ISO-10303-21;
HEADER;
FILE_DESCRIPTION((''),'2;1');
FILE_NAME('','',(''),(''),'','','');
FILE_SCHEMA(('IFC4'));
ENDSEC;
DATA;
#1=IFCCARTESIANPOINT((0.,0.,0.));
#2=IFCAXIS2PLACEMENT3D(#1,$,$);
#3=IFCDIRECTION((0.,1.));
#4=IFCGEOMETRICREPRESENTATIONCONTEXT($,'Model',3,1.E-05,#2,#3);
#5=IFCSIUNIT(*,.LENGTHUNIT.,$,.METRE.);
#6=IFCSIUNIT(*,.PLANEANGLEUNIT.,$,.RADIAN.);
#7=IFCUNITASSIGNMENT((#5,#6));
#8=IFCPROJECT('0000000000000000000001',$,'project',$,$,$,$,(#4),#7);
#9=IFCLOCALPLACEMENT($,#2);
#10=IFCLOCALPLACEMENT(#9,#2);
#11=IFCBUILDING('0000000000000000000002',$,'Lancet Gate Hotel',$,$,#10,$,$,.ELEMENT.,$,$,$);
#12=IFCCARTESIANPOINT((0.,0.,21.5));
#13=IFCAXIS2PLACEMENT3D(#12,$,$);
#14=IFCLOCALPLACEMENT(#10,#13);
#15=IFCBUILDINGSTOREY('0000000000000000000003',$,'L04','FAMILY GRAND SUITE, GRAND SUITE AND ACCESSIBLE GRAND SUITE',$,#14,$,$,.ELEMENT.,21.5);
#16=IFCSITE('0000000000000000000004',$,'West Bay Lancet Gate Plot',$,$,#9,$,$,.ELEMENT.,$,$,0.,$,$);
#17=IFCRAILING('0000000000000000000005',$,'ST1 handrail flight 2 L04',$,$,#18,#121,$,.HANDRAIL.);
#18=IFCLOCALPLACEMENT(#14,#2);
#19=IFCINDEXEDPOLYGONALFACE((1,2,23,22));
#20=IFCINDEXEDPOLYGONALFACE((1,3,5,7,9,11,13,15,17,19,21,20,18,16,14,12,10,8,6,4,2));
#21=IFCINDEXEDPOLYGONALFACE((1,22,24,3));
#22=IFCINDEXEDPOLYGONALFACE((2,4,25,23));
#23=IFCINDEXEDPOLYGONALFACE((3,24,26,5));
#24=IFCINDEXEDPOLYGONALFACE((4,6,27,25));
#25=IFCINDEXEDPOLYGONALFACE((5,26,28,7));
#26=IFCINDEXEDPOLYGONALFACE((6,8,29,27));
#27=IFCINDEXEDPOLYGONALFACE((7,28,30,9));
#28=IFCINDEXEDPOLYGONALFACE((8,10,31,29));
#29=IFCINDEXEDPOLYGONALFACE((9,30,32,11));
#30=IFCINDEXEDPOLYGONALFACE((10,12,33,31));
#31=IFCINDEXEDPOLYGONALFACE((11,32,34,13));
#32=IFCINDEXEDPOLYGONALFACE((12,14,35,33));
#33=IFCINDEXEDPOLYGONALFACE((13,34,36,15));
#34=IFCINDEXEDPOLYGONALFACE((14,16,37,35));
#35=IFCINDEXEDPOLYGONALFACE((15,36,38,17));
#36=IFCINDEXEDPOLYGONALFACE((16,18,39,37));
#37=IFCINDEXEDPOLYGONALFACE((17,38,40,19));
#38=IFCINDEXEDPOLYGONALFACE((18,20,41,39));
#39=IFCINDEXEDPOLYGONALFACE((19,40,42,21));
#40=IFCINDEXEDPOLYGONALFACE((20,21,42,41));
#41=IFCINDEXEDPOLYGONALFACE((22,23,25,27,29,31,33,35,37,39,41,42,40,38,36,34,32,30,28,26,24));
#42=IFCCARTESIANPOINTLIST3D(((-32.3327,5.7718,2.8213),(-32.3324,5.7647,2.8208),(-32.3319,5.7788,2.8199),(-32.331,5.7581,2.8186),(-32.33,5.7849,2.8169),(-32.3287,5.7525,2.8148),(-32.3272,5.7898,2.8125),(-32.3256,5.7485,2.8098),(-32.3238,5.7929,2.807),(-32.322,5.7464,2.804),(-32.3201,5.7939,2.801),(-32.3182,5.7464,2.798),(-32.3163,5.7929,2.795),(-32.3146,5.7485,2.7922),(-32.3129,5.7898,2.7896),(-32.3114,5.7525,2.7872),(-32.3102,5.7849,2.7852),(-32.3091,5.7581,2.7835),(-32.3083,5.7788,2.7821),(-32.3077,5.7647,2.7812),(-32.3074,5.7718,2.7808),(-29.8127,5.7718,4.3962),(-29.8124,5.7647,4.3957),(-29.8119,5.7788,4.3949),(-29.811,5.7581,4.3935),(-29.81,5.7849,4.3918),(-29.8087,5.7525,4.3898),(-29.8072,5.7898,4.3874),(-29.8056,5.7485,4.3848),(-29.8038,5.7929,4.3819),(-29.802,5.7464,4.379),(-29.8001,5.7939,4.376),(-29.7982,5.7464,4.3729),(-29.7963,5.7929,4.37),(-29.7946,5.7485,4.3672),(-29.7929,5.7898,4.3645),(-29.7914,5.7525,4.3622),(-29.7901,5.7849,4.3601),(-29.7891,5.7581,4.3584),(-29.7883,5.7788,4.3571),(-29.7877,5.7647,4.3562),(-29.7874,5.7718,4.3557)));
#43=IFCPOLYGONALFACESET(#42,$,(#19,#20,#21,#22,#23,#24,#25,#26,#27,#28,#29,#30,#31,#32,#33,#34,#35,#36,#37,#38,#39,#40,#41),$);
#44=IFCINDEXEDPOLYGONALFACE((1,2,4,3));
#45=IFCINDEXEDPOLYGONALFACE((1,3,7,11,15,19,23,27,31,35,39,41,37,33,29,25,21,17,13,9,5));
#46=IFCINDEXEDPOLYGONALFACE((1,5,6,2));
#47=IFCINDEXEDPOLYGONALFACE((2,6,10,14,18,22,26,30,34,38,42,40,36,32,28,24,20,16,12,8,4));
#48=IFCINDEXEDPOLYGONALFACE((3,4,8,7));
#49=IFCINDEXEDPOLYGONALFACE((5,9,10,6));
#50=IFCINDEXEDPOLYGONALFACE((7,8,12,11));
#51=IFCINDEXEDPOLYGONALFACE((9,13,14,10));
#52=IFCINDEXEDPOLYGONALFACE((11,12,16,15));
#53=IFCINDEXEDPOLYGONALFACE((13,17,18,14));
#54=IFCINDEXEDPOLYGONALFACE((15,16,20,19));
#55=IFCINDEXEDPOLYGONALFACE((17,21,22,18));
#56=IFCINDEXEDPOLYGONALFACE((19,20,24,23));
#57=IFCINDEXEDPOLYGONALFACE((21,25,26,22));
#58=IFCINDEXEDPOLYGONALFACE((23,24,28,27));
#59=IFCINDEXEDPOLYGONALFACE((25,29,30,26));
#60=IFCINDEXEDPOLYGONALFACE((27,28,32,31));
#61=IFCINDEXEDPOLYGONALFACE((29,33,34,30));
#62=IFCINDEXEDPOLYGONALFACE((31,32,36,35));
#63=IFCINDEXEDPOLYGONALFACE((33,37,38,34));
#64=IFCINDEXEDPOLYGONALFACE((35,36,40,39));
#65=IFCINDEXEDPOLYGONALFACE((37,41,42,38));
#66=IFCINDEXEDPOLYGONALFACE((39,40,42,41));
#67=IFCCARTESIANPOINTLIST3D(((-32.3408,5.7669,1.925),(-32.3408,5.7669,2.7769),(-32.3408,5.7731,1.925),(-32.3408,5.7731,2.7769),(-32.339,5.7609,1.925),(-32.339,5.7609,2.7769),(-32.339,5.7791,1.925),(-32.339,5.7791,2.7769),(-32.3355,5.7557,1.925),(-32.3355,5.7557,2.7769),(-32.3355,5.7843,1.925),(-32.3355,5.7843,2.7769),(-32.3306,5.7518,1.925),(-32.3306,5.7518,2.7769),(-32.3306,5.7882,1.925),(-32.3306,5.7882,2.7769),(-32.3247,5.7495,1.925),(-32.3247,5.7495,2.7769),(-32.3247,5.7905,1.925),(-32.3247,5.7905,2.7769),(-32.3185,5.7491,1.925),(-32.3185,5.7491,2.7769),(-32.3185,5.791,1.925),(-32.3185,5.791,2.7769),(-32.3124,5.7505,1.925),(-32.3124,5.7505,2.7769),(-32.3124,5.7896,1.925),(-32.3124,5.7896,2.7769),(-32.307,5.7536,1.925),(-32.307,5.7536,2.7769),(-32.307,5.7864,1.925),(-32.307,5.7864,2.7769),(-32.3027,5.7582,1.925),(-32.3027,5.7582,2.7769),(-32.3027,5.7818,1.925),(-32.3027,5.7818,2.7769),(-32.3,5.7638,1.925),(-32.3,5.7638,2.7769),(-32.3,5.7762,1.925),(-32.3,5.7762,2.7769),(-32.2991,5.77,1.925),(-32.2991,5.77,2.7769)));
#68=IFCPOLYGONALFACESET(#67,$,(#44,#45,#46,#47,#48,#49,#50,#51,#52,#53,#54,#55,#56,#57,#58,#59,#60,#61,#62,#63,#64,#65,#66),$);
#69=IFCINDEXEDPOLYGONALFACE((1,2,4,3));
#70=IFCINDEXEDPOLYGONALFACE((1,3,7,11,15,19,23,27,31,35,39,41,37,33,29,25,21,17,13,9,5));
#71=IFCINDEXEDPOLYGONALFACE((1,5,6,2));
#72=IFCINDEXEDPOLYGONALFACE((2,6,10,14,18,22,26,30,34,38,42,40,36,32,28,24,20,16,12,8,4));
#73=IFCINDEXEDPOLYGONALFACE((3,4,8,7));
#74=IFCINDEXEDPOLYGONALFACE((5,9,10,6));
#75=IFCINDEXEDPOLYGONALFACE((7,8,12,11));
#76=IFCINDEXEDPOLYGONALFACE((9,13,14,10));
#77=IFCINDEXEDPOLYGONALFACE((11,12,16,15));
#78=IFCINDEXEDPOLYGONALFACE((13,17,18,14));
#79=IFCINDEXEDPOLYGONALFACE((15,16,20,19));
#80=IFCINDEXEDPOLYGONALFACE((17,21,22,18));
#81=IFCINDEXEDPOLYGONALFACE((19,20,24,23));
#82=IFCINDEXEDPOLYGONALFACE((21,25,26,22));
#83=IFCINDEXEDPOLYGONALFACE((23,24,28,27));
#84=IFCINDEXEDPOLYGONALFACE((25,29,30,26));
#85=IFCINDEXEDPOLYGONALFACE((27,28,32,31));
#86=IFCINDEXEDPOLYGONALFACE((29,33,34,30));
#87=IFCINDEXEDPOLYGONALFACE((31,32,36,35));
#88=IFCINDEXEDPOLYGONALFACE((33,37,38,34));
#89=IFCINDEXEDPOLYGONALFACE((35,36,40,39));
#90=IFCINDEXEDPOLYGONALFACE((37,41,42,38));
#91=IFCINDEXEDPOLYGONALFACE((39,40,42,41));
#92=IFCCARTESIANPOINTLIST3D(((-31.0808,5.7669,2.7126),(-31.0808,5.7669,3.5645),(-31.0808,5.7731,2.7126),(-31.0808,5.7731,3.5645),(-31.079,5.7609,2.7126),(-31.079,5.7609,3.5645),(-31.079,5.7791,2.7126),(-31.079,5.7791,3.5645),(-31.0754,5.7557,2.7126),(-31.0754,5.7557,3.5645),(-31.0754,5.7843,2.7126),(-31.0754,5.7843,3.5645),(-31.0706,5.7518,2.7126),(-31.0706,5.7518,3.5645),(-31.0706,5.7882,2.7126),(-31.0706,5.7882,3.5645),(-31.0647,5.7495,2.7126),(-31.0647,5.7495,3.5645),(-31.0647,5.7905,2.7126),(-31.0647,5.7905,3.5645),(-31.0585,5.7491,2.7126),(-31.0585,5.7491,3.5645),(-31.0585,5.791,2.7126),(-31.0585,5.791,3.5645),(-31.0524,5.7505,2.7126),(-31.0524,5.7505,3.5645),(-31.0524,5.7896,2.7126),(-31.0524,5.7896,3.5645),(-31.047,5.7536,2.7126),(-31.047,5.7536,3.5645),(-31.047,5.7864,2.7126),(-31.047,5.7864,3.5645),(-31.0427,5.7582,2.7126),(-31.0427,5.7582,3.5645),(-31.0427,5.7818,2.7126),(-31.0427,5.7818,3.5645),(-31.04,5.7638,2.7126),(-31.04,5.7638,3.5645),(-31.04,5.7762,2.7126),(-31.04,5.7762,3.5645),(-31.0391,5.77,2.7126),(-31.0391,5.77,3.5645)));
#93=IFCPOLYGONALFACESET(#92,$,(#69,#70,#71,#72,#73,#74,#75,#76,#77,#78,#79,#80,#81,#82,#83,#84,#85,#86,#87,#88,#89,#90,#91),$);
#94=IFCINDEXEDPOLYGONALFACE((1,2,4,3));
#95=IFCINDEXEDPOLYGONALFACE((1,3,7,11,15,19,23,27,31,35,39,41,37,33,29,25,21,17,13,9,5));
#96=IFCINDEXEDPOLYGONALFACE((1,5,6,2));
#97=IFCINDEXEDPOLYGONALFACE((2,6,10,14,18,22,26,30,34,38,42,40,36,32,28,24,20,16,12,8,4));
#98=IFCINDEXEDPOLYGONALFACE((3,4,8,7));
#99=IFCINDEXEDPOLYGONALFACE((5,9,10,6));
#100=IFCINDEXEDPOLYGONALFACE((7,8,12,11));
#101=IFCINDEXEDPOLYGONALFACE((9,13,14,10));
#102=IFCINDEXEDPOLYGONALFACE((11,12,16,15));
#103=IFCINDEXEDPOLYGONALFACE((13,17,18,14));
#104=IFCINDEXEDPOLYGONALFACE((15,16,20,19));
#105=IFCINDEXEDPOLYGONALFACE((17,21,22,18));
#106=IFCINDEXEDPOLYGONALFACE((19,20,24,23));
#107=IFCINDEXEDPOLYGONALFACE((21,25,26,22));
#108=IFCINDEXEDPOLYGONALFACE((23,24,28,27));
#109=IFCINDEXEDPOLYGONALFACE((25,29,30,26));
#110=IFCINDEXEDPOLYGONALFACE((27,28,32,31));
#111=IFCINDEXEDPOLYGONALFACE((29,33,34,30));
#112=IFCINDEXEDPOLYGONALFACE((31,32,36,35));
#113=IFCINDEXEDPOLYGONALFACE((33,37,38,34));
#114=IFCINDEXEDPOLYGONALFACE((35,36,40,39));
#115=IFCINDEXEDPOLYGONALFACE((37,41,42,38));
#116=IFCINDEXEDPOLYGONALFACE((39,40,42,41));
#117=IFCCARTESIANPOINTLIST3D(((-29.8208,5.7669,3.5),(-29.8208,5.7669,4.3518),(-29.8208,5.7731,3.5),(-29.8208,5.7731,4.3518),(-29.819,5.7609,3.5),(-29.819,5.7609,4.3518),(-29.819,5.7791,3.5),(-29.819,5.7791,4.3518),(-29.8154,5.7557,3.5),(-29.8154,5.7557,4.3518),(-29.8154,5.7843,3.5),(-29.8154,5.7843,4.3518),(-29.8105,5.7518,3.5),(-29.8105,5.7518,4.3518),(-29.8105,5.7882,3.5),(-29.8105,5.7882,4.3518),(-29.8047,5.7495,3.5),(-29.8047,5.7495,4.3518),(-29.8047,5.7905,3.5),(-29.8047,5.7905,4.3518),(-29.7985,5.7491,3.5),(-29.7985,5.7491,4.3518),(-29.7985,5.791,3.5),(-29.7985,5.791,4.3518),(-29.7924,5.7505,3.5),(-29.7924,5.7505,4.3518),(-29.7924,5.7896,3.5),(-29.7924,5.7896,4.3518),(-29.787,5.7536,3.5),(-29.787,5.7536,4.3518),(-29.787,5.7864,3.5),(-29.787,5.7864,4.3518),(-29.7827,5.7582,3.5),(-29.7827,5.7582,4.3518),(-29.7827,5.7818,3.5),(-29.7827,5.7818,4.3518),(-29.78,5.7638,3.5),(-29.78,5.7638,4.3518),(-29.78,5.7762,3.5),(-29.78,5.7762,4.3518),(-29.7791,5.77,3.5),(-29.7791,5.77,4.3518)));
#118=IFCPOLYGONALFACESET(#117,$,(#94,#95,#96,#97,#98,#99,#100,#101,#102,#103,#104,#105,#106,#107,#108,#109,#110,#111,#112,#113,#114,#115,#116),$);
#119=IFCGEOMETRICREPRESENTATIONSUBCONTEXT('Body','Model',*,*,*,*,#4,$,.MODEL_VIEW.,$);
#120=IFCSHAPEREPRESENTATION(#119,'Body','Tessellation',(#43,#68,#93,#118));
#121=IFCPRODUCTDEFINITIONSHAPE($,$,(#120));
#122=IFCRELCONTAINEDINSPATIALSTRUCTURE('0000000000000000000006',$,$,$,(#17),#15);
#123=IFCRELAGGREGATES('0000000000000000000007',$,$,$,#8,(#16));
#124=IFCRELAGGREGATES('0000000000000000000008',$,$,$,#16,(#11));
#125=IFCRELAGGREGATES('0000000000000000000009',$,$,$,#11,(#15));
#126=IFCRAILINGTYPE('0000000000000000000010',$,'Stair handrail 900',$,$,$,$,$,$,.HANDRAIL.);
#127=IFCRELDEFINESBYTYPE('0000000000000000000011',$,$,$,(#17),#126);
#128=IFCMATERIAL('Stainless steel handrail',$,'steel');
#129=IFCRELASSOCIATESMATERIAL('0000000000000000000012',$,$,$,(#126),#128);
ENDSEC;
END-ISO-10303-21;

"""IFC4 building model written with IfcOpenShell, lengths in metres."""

from ifc_helpers import new_model, si_unit, direction, frame, origin, origin_2d, place, context, subcontext, project, spatial, circle, extrude, material, type_object, element, save


model = new_model("IFC4")

# Units and contexts
model_context = context("Model", 3, precision=1e-05, world=origin(), true_north=direction((0.0, 1.0)))
body_context = subcontext(model_context, "Body", "Model", "MODEL_VIEW")
ifc_project = project(units=[si_unit("LENGTHUNIT", "METRE"), si_unit("PLANEANGLEUNIT", "RADIAN")], contexts=[model_context])

# Site, building, storey
site_placement = place(None, origin())
site = spatial("IfcSite", under=ifc_project, at=site_placement, Name="West Bay Lancet Gate Plot", CompositionType="ELEMENT", RefElevation=0.0)
building_placement = place(site_placement, origin())
building = spatial("IfcBuilding", under=site, at=building_placement, Name="Lancet Gate Hotel", CompositionType="ELEMENT")
storey_placement = place(building_placement, frame((0.0, 0.0, 21.5)))
storey = spatial("IfcBuildingStorey", under=building, at=storey_placement, Name="L04", Description="FAMILY GRAND SUITE, GRAND SUITE AND ACCESSIBLE GRAND SUITE", CompositionType="ELEMENT", Elevation=21.5)

# Railing
ifc_material_1 = material(Name="Stainless steel handrail", Category="steel")
railing_type = type_object("IfcRailingType", Name="Stair handrail 900", PredefinedType="HANDRAIL", material=ifc_material_1)
railing_1_placement = place(storey_placement, frame((-32.3201, 5.77, 1.925)))
element("IfcRailing", 1, at=railing_1_placement, inside=storey, type_object=railing_type, Name="ST1 handrail flight 2 L04", PredefinedType="HANDRAIL", context=body_context, shape_type="SweptSolid", body=[
    extrude(circle(Radius=0.0239, at=origin_2d()), frame((0.0, 0.0, 0.876), z_axis=(0.848008, 0.0, 0.529984), x_axis=(0.0, 1.0, 0.0)), (0.0, 0.0, 1.0), 2.9717),
    extrude(circle(Radius=0.021, at=origin_2d()), origin(), (0.0, 0.0, 1.0), 0.8518),
    extrude(circle(Radius=0.021, at=origin_2d()), frame((1.26, 0.0, 0.7876)), (0.0, 0.0, 1.0), 0.8518),
    extrude(circle(Radius=0.021, at=origin_2d()), frame((2.52, 0.0, 1.575)), (0.0, 0.0, 1.0), 0.8518),
])

save(model, "model.ifc")
